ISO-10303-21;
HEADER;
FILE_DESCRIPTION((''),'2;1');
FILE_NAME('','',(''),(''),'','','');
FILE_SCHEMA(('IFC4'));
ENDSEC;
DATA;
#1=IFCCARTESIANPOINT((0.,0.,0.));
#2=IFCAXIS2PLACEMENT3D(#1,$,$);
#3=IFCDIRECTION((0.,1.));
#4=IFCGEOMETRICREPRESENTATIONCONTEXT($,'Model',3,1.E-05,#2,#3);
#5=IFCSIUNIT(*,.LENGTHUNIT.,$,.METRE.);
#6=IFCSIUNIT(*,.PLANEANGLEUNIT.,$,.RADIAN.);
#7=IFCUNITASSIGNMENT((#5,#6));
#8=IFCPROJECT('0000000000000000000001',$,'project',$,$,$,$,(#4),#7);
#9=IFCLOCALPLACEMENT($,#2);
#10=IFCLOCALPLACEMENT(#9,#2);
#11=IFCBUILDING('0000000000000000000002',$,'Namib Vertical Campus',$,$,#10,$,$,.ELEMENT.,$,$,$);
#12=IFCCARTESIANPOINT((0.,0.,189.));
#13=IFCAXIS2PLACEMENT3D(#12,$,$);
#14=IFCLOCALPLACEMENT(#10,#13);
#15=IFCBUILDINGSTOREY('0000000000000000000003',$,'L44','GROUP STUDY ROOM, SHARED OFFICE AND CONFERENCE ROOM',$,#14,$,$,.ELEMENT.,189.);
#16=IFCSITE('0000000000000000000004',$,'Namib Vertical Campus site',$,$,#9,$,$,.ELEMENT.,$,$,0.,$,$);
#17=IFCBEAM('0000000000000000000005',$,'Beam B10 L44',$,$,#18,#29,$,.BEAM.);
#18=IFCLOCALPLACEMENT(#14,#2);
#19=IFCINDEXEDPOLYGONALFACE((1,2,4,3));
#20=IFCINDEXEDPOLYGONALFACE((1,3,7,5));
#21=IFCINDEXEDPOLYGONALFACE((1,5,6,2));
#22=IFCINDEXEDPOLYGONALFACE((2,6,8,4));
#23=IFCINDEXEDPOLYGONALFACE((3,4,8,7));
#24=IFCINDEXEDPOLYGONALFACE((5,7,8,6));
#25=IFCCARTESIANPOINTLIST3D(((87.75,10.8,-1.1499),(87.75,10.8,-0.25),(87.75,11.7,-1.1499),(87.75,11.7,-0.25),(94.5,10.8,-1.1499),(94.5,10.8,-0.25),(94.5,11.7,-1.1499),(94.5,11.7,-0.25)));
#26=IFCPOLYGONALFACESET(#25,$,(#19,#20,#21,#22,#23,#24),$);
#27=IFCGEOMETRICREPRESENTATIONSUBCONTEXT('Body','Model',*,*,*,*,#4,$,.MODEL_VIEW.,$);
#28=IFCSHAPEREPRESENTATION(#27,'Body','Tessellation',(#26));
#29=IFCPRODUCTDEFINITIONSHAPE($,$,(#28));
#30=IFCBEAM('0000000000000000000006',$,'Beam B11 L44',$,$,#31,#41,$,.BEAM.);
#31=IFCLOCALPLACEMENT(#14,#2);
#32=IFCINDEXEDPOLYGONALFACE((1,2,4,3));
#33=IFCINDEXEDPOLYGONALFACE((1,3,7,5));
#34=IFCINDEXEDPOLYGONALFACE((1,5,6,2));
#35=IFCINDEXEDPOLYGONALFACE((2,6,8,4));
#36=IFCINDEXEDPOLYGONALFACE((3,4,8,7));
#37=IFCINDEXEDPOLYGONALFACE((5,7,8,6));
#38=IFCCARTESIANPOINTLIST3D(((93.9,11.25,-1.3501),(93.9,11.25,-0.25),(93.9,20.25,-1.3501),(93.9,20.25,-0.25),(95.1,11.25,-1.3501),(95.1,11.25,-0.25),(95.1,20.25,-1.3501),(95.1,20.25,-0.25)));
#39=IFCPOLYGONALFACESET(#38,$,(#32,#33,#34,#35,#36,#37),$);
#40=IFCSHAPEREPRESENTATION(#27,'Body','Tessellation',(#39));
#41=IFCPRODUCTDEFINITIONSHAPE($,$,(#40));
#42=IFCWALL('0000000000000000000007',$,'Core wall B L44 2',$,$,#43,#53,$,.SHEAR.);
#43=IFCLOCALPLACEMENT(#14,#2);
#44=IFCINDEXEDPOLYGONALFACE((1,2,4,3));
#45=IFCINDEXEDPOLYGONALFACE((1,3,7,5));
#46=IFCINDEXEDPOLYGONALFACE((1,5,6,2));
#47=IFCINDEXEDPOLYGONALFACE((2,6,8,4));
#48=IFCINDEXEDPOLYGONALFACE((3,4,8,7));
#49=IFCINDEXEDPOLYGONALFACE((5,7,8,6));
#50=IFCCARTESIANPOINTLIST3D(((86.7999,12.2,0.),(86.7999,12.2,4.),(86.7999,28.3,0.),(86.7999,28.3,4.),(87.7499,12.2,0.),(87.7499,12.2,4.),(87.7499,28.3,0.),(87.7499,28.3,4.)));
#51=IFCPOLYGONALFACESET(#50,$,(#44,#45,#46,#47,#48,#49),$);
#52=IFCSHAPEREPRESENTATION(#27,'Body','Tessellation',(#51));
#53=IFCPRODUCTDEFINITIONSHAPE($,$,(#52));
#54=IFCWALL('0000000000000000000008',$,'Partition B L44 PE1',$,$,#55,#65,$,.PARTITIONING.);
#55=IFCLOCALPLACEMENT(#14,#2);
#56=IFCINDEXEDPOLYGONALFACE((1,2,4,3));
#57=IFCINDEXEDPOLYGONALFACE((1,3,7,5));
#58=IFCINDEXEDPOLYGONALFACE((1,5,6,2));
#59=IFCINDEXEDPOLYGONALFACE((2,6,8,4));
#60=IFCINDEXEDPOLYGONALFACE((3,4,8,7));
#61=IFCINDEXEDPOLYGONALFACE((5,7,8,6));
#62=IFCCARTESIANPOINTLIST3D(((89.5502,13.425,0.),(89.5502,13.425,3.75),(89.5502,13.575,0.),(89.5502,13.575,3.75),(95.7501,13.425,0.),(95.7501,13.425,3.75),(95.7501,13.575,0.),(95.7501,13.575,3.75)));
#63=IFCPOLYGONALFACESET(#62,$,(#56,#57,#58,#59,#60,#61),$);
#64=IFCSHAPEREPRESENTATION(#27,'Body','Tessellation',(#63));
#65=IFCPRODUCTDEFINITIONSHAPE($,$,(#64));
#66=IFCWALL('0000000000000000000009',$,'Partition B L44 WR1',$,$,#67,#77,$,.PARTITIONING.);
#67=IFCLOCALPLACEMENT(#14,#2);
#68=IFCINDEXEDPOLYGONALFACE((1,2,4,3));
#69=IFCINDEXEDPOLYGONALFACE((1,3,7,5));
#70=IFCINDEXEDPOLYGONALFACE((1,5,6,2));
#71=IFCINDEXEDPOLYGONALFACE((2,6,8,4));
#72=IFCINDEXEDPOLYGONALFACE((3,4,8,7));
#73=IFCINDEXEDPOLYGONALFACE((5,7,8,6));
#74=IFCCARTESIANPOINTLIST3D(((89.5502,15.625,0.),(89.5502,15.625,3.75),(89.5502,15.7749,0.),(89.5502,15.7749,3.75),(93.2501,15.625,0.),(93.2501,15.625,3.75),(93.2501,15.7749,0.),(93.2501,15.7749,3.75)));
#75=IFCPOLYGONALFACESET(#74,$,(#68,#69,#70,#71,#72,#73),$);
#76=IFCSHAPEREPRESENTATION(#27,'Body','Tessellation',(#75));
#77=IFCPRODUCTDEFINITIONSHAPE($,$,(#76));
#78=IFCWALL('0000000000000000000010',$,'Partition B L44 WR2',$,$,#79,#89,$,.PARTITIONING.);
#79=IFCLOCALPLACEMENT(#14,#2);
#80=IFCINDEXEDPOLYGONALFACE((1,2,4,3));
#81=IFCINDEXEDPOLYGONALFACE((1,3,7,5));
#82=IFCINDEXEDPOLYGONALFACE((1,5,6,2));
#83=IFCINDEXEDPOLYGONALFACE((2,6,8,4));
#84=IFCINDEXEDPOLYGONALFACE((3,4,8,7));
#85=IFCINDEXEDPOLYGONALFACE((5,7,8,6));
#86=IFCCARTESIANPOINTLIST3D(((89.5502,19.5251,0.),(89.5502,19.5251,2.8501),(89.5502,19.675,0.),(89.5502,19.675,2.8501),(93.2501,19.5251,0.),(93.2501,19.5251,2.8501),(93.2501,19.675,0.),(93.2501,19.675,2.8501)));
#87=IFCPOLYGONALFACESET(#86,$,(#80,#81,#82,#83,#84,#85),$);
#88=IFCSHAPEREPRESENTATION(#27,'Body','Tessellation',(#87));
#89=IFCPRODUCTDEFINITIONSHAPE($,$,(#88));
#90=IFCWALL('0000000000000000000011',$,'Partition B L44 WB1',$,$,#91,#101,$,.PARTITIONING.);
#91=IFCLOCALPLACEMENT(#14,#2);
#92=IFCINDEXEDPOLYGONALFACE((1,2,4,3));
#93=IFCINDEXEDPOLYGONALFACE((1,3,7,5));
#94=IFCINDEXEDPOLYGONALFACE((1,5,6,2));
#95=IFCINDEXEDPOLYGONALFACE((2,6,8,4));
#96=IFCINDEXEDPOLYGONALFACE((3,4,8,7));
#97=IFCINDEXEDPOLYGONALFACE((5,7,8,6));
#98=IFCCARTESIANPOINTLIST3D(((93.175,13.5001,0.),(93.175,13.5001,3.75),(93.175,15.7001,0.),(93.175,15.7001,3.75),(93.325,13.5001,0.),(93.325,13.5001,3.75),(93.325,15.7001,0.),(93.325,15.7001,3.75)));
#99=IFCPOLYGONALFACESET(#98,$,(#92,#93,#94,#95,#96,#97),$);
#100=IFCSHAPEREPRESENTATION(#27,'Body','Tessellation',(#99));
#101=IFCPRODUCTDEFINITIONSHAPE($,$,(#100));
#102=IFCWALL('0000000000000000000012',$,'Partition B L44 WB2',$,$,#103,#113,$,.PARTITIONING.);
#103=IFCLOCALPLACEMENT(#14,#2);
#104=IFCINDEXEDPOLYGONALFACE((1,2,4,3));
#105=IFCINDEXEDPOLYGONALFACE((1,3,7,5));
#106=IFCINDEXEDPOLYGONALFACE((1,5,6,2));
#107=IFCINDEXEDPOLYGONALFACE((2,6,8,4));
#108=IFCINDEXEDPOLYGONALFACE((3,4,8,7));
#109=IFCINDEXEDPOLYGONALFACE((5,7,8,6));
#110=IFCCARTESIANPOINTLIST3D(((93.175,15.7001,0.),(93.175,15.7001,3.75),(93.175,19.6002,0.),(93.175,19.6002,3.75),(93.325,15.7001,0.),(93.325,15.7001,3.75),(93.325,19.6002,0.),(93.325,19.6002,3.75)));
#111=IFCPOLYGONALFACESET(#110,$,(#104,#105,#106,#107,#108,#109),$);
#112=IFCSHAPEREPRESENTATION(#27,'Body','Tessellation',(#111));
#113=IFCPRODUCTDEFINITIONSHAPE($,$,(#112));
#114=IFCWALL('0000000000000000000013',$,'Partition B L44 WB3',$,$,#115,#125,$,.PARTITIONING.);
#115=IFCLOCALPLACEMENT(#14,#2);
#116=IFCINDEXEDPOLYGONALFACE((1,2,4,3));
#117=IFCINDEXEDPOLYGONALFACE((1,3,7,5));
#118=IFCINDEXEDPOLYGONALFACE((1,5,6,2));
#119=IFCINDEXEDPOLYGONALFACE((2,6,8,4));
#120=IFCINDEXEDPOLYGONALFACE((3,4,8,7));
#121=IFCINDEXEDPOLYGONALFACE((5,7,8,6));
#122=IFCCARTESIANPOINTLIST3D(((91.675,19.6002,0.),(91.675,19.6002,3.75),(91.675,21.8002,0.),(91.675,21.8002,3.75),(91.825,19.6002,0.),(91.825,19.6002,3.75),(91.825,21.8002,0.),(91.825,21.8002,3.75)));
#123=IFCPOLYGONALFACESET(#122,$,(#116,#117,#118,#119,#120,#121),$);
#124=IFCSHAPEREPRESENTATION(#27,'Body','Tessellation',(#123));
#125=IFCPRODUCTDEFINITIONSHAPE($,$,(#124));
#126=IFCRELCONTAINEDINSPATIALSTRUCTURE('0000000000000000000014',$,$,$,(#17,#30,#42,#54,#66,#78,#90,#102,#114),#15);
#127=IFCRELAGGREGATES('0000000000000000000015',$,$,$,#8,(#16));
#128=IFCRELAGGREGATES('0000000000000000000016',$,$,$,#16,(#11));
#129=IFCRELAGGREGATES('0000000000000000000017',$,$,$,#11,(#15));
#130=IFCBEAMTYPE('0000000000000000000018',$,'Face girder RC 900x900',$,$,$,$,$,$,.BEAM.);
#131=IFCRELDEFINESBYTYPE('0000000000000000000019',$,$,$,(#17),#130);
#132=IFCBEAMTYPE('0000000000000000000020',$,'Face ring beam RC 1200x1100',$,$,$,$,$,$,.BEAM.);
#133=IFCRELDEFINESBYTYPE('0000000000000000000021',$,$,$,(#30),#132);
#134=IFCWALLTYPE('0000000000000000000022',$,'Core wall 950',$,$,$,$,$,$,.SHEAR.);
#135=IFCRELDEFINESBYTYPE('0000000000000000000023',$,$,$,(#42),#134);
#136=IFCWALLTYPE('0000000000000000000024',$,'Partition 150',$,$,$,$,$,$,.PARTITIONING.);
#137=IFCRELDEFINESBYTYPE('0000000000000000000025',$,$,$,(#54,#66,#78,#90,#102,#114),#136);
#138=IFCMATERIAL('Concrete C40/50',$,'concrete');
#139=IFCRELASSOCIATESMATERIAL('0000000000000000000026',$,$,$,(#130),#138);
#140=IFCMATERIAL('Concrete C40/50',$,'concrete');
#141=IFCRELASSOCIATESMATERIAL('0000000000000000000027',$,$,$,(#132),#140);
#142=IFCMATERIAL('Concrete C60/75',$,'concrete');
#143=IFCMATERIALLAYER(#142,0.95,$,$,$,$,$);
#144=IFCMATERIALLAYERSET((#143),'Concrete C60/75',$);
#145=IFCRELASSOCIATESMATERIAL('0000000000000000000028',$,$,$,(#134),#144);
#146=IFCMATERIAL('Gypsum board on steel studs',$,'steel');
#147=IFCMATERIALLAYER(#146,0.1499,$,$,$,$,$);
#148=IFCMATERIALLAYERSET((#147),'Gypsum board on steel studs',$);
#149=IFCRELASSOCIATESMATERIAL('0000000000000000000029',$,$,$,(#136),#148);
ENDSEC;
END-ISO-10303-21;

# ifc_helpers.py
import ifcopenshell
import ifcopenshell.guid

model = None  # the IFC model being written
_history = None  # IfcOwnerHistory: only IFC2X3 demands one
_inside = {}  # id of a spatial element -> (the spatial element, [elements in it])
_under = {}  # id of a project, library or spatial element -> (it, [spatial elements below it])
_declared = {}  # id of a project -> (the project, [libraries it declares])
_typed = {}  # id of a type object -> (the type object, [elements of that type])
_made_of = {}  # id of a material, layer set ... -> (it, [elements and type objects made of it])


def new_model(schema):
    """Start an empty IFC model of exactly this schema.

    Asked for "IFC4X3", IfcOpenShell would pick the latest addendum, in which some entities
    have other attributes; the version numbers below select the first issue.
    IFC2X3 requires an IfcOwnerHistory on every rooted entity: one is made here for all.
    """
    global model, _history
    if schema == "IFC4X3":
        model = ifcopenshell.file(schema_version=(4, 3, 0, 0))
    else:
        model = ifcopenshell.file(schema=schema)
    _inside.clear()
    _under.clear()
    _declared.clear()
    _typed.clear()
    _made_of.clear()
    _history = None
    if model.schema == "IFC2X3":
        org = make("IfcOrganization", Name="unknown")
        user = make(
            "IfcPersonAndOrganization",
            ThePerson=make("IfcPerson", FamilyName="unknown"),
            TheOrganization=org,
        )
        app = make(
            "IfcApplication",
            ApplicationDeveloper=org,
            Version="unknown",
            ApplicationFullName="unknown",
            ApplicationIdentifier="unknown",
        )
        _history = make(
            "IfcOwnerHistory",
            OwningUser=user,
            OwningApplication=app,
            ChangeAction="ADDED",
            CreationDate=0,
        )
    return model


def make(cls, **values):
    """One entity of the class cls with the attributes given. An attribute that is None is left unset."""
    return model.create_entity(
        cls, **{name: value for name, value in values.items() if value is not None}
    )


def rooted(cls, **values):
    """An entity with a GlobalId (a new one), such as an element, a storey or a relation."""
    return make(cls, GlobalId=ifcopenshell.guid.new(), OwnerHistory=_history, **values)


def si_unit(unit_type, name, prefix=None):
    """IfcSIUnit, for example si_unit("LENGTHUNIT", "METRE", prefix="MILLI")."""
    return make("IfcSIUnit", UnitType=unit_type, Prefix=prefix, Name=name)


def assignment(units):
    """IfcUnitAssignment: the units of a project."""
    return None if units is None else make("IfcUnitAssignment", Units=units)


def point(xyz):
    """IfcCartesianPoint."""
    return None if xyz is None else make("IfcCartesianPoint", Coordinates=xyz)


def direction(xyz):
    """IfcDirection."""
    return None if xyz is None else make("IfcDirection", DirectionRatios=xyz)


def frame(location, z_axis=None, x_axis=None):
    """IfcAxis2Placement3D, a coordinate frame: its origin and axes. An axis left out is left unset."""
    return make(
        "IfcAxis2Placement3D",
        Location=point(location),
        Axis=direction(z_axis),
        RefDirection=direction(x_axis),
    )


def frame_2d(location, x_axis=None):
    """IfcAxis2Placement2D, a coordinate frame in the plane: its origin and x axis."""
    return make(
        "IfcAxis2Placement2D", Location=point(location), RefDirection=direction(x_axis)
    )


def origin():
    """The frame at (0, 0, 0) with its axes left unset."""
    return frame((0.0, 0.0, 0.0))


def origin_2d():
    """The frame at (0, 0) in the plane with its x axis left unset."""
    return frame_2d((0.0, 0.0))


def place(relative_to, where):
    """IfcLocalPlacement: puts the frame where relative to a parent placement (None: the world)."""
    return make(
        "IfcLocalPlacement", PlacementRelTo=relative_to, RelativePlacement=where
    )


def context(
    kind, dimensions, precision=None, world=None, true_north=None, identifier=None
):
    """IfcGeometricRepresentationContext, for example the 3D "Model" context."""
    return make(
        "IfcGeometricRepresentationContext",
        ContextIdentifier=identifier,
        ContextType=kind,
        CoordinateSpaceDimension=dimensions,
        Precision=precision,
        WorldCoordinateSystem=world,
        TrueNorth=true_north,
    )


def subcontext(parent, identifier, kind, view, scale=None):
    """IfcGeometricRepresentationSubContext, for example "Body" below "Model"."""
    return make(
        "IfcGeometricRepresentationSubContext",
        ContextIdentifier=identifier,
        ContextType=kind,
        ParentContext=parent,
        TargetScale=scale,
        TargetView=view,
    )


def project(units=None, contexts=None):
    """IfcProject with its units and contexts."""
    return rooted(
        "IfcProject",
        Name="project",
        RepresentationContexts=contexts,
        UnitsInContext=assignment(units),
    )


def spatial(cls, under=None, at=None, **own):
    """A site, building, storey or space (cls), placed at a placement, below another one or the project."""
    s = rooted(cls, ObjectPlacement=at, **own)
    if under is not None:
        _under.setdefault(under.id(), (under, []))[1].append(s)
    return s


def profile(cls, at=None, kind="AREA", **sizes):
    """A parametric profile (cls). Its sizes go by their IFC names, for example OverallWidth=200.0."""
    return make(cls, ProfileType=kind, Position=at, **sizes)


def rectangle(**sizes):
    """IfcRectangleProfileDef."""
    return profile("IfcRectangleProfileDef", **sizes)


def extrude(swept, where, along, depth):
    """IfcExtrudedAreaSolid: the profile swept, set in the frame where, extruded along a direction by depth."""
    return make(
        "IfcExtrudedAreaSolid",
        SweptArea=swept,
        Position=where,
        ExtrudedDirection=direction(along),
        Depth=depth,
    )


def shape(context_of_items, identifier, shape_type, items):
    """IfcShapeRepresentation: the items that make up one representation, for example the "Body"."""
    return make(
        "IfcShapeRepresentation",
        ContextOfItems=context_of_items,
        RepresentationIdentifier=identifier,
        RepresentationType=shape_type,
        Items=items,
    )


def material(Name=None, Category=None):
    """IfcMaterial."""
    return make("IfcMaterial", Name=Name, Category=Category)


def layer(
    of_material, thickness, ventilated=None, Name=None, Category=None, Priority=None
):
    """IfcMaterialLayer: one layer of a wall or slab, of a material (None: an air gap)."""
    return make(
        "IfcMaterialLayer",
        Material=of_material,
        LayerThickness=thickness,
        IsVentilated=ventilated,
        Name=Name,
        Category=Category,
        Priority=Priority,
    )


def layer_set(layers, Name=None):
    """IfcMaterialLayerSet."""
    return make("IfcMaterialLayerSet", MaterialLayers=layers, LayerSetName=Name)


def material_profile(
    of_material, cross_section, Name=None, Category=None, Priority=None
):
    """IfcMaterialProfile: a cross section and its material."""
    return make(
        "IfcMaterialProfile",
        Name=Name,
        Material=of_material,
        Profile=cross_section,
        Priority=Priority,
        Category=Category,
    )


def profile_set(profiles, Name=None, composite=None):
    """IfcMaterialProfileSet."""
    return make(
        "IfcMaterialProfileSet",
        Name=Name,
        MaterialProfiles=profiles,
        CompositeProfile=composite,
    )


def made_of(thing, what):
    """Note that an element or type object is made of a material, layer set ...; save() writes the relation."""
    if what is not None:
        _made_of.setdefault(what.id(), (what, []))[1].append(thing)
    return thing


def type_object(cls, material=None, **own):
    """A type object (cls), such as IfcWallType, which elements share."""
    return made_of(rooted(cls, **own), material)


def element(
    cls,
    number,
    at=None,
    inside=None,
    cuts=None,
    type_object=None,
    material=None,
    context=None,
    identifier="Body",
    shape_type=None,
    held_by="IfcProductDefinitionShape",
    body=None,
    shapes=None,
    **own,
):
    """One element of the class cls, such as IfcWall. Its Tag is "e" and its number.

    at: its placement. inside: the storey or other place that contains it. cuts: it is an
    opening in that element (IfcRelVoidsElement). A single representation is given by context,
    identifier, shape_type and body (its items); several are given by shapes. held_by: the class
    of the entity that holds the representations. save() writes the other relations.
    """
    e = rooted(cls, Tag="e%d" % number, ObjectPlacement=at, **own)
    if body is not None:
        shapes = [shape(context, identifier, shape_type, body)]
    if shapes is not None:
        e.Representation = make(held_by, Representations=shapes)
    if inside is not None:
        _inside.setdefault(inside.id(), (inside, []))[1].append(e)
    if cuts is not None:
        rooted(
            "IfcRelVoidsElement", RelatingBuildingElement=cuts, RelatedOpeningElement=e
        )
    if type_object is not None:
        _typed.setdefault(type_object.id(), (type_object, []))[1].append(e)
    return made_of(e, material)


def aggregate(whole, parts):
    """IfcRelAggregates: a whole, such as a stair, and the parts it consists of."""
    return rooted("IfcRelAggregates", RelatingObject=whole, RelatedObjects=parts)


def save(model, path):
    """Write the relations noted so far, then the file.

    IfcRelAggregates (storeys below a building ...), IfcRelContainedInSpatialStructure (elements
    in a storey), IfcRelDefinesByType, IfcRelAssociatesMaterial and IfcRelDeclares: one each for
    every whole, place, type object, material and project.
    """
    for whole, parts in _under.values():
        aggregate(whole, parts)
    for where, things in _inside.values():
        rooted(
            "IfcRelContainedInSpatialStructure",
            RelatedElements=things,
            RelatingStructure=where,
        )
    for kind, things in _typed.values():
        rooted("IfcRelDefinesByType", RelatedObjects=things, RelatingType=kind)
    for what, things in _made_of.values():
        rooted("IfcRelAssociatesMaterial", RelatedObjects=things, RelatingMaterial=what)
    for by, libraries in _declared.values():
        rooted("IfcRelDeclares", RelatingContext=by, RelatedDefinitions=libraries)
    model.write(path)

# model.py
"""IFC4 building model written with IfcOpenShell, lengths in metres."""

from ifc_helpers import new_model, si_unit, direction, frame, frame_2d, origin, origin_2d, place, context, subcontext, project, spatial, rectangle, extrude, material, layer, layer_set, material_profile, profile_set, type_object, element, save


model = new_model("IFC4")

# Units and contexts
model_context = context("Model", 3, precision=1e-05, world=origin(), true_north=direction((0.0, 1.0)))
body_context = subcontext(model_context, "Body", "Model", "MODEL_VIEW")
ifc_project = project(units=[si_unit("LENGTHUNIT", "METRE"), si_unit("PLANEANGLEUNIT", "RADIAN")], contexts=[model_context])

# Site, building, storey
site_placement = place(None, origin())
site = spatial("IfcSite", under=ifc_project, at=site_placement, Name="Namib Vertical Campus site", CompositionType="ELEMENT", RefElevation=0.0)
building_placement = place(site_placement, origin())
building = spatial("IfcBuilding", under=site, at=building_placement, Name="Namib Vertical Campus", CompositionType="ELEMENT")
storey_placement = place(building_placement, frame((0.0, 0.0, 189.0)))
storey = spatial("IfcBuildingStorey", under=building, at=storey_placement, Name="L44", Description="GROUP STUDY ROOM, SHARED OFFICE AND CONFERENCE ROOM", CompositionType="ELEMENT", Elevation=189.0)

# Beams
ifc_material_1 = material(Name="Concrete C40/50", Category="concrete")
ifc_material_profile_1 = material_profile(ifc_material_1, rectangle(XDim=0.8999, YDim=0.8999, at=origin_2d()))
ifc_profile_set_1 = profile_set([ifc_material_profile_1], Name="Concrete C40/50")
beam_type_1 = type_object("IfcBeamType", Name="Face girder RC 900x900", PredefinedType="BEAM", material=ifc_profile_set_1)
beam_1_placement = place(storey_placement, frame((94.5, 11.25, -0.7), z_axis=(-1.0, 0.0, 0.0), x_axis=(0.0, -1.0, 0.0)))
element("IfcBeam", 1, at=beam_1_placement, inside=storey, type_object=beam_type_1, Name="Beam B10 L44", PredefinedType="BEAM", context=body_context, shape_type="SweptSolid", body=[
    extrude(rectangle(XDim=0.8999, YDim=0.8999, at=origin_2d()), origin(), (0.0, 0.0, 1.0), 6.75),
])
ifc_material_2 = material(Name="Concrete C40/50", Category="concrete")
ifc_material_profile_2 = material_profile(ifc_material_2, rectangle(XDim=1.2, YDim=1.1001, at=origin_2d()))
ifc_profile_set_2 = profile_set([ifc_material_profile_2], Name="Concrete C40/50")
beam_type_2 = type_object("IfcBeamType", Name="Face ring beam RC 1200x1100", PredefinedType="BEAM", material=ifc_profile_set_2)
beam_2_placement = place(storey_placement, frame((94.5, 11.25, -0.8), z_axis=(0.0, 1.0, 0.0), x_axis=(-1.0, 0.0, 0.0)))
element("IfcBeam", 2, at=beam_2_placement, inside=storey, type_object=beam_type_2, Name="Beam B11 L44", PredefinedType="BEAM", context=body_context, shape_type="SweptSolid", body=[
    extrude(rectangle(XDim=1.2, YDim=1.1001, at=origin_2d()), origin(), (0.0, 0.0, 1.0), 9.0),
])

# Walls
ifc_material_3 = material(Name="Concrete C60/75", Category="concrete")
ifc_layer_1 = layer(ifc_material_3, 0.95)
ifc_layer_set_1 = layer_set([ifc_layer_1], Name="Concrete C60/75")
wall_type_1 = type_object("IfcWallType", Name="Core wall 950", PredefinedType="SHEAR", material=ifc_layer_set_1)
wall_1_placement = place(storey_placement, frame((87.2749, 12.2, 0.0), z_axis=(0.0, 0.0, 1.0), x_axis=(0.0, 1.0, 0.0)))
element("IfcWall", 3, at=wall_1_placement, inside=storey, type_object=wall_type_1, Name="Core wall B L44 2", PredefinedType="SHEAR", context=body_context, shape_type="SweptSolid", body=[
    extrude(rectangle(XDim=16.1001, YDim=0.95, at=frame_2d((8.05, 0.0))), origin(), (0.0, 0.0, 1.0), 4.0),
])
ifc_material_4 = material(Name="Gypsum board on steel studs", Category="steel")
ifc_layer_2 = layer(ifc_material_4, 0.1499)
ifc_layer_set_2 = layer_set([ifc_layer_2], Name="Gypsum board on steel studs")
wall_type_2 = type_object("IfcWallType", Name="Partition 150", PredefinedType="PARTITIONING", material=ifc_layer_set_2)
wall_2_placement = place(storey_placement, frame((89.55, 13.5, 0.0), z_axis=(0.0, 0.0, 1.0), x_axis=(1.0, 0.0, 0.0)))
element("IfcWall", 4, at=wall_2_placement, inside=storey, type_object=wall_type_2, Name="Partition B L44 PE1", PredefinedType="PARTITIONING", context=body_context, shape_type="SweptSolid", body=[
    extrude(rectangle(XDim=6.2, YDim=0.1499, at=frame_2d((3.1001, 0.0))), origin(), (0.0, 0.0, 1.0), 3.75),
])
wall_3_placement = place(storey_placement, frame((89.55, 15.7, 0.0), z_axis=(0.0, 0.0, 1.0), x_axis=(1.0, 0.0, 0.0)))
element("IfcWall", 5, at=wall_3_placement, inside=storey, type_object=wall_type_2, Name="Partition B L44 WR1", PredefinedType="PARTITIONING", context=body_context, shape_type="SweptSolid", body=[
    extrude(rectangle(XDim=3.7, YDim=0.1499, at=frame_2d((1.8501, 0.0))), origin(), (0.0, 0.0, 1.0), 3.75),
])
wall_4_placement = place(storey_placement, frame((89.55, 19.6001, 0.0), z_axis=(0.0, 0.0, 1.0), x_axis=(1.0, 0.0, 0.0)))
element("IfcWall", 6, at=wall_4_placement, inside=storey, type_object=wall_type_2, Name="Partition B L44 WR2", PredefinedType="PARTITIONING", context=body_context, shape_type="SweptSolid", body=[
    extrude(rectangle(XDim=3.7, YDim=0.1499, at=frame_2d((1.8501, 0.0))), origin(), (0.0, 0.0, 1.0), 2.8501),
])
wall_5_placement = place(storey_placement, frame((93.25, 13.5, 0.0), z_axis=(0.0, 0.0, 1.0), x_axis=(0.0, 1.0, 0.0)))
element("IfcWall", 7, at=wall_5_placement, inside=storey, type_object=wall_type_2, Name="Partition B L44 WB1", PredefinedType="PARTITIONING", context=body_context, shape_type="SweptSolid", body=[
    extrude(rectangle(XDim=2.2, YDim=0.1499, at=frame_2d((1.1001, 0.0))), origin(), (0.0, 0.0, 1.0), 3.75),
])
wall_6_placement = place(storey_placement, frame((93.25, 15.7, 0.0), z_axis=(0.0, 0.0, 1.0), x_axis=(0.0, 1.0, 0.0)))
element("IfcWall", 8, at=wall_6_placement, inside=storey, type_object=wall_type_2, Name="Partition B L44 WB2", PredefinedType="PARTITIONING", context=body_context, shape_type="SweptSolid", body=[
    extrude(rectangle(XDim=3.9001, YDim=0.1499, at=frame_2d((1.9502, 0.0))), origin(), (0.0, 0.0, 1.0), 3.75),
])
wall_7_placement = place(storey_placement, frame((91.75, 19.6001, 0.0), z_axis=(0.0, 0.0, 1.0), x_axis=(0.0, 1.0, 0.0)))
element("IfcWall", 9, at=wall_7_placement, inside=storey, type_object=wall_type_2, Name="Partition B L44 WB3", PredefinedType="PARTITIONING", context=body_context, shape_type="SweptSolid", body=[
    extrude(rectangle(XDim=2.2, YDim=0.1499, at=frame_2d((1.1001, 0.0))), origin(), (0.0, 0.0, 1.0), 3.75),
])

save(model, "model.ifc")
